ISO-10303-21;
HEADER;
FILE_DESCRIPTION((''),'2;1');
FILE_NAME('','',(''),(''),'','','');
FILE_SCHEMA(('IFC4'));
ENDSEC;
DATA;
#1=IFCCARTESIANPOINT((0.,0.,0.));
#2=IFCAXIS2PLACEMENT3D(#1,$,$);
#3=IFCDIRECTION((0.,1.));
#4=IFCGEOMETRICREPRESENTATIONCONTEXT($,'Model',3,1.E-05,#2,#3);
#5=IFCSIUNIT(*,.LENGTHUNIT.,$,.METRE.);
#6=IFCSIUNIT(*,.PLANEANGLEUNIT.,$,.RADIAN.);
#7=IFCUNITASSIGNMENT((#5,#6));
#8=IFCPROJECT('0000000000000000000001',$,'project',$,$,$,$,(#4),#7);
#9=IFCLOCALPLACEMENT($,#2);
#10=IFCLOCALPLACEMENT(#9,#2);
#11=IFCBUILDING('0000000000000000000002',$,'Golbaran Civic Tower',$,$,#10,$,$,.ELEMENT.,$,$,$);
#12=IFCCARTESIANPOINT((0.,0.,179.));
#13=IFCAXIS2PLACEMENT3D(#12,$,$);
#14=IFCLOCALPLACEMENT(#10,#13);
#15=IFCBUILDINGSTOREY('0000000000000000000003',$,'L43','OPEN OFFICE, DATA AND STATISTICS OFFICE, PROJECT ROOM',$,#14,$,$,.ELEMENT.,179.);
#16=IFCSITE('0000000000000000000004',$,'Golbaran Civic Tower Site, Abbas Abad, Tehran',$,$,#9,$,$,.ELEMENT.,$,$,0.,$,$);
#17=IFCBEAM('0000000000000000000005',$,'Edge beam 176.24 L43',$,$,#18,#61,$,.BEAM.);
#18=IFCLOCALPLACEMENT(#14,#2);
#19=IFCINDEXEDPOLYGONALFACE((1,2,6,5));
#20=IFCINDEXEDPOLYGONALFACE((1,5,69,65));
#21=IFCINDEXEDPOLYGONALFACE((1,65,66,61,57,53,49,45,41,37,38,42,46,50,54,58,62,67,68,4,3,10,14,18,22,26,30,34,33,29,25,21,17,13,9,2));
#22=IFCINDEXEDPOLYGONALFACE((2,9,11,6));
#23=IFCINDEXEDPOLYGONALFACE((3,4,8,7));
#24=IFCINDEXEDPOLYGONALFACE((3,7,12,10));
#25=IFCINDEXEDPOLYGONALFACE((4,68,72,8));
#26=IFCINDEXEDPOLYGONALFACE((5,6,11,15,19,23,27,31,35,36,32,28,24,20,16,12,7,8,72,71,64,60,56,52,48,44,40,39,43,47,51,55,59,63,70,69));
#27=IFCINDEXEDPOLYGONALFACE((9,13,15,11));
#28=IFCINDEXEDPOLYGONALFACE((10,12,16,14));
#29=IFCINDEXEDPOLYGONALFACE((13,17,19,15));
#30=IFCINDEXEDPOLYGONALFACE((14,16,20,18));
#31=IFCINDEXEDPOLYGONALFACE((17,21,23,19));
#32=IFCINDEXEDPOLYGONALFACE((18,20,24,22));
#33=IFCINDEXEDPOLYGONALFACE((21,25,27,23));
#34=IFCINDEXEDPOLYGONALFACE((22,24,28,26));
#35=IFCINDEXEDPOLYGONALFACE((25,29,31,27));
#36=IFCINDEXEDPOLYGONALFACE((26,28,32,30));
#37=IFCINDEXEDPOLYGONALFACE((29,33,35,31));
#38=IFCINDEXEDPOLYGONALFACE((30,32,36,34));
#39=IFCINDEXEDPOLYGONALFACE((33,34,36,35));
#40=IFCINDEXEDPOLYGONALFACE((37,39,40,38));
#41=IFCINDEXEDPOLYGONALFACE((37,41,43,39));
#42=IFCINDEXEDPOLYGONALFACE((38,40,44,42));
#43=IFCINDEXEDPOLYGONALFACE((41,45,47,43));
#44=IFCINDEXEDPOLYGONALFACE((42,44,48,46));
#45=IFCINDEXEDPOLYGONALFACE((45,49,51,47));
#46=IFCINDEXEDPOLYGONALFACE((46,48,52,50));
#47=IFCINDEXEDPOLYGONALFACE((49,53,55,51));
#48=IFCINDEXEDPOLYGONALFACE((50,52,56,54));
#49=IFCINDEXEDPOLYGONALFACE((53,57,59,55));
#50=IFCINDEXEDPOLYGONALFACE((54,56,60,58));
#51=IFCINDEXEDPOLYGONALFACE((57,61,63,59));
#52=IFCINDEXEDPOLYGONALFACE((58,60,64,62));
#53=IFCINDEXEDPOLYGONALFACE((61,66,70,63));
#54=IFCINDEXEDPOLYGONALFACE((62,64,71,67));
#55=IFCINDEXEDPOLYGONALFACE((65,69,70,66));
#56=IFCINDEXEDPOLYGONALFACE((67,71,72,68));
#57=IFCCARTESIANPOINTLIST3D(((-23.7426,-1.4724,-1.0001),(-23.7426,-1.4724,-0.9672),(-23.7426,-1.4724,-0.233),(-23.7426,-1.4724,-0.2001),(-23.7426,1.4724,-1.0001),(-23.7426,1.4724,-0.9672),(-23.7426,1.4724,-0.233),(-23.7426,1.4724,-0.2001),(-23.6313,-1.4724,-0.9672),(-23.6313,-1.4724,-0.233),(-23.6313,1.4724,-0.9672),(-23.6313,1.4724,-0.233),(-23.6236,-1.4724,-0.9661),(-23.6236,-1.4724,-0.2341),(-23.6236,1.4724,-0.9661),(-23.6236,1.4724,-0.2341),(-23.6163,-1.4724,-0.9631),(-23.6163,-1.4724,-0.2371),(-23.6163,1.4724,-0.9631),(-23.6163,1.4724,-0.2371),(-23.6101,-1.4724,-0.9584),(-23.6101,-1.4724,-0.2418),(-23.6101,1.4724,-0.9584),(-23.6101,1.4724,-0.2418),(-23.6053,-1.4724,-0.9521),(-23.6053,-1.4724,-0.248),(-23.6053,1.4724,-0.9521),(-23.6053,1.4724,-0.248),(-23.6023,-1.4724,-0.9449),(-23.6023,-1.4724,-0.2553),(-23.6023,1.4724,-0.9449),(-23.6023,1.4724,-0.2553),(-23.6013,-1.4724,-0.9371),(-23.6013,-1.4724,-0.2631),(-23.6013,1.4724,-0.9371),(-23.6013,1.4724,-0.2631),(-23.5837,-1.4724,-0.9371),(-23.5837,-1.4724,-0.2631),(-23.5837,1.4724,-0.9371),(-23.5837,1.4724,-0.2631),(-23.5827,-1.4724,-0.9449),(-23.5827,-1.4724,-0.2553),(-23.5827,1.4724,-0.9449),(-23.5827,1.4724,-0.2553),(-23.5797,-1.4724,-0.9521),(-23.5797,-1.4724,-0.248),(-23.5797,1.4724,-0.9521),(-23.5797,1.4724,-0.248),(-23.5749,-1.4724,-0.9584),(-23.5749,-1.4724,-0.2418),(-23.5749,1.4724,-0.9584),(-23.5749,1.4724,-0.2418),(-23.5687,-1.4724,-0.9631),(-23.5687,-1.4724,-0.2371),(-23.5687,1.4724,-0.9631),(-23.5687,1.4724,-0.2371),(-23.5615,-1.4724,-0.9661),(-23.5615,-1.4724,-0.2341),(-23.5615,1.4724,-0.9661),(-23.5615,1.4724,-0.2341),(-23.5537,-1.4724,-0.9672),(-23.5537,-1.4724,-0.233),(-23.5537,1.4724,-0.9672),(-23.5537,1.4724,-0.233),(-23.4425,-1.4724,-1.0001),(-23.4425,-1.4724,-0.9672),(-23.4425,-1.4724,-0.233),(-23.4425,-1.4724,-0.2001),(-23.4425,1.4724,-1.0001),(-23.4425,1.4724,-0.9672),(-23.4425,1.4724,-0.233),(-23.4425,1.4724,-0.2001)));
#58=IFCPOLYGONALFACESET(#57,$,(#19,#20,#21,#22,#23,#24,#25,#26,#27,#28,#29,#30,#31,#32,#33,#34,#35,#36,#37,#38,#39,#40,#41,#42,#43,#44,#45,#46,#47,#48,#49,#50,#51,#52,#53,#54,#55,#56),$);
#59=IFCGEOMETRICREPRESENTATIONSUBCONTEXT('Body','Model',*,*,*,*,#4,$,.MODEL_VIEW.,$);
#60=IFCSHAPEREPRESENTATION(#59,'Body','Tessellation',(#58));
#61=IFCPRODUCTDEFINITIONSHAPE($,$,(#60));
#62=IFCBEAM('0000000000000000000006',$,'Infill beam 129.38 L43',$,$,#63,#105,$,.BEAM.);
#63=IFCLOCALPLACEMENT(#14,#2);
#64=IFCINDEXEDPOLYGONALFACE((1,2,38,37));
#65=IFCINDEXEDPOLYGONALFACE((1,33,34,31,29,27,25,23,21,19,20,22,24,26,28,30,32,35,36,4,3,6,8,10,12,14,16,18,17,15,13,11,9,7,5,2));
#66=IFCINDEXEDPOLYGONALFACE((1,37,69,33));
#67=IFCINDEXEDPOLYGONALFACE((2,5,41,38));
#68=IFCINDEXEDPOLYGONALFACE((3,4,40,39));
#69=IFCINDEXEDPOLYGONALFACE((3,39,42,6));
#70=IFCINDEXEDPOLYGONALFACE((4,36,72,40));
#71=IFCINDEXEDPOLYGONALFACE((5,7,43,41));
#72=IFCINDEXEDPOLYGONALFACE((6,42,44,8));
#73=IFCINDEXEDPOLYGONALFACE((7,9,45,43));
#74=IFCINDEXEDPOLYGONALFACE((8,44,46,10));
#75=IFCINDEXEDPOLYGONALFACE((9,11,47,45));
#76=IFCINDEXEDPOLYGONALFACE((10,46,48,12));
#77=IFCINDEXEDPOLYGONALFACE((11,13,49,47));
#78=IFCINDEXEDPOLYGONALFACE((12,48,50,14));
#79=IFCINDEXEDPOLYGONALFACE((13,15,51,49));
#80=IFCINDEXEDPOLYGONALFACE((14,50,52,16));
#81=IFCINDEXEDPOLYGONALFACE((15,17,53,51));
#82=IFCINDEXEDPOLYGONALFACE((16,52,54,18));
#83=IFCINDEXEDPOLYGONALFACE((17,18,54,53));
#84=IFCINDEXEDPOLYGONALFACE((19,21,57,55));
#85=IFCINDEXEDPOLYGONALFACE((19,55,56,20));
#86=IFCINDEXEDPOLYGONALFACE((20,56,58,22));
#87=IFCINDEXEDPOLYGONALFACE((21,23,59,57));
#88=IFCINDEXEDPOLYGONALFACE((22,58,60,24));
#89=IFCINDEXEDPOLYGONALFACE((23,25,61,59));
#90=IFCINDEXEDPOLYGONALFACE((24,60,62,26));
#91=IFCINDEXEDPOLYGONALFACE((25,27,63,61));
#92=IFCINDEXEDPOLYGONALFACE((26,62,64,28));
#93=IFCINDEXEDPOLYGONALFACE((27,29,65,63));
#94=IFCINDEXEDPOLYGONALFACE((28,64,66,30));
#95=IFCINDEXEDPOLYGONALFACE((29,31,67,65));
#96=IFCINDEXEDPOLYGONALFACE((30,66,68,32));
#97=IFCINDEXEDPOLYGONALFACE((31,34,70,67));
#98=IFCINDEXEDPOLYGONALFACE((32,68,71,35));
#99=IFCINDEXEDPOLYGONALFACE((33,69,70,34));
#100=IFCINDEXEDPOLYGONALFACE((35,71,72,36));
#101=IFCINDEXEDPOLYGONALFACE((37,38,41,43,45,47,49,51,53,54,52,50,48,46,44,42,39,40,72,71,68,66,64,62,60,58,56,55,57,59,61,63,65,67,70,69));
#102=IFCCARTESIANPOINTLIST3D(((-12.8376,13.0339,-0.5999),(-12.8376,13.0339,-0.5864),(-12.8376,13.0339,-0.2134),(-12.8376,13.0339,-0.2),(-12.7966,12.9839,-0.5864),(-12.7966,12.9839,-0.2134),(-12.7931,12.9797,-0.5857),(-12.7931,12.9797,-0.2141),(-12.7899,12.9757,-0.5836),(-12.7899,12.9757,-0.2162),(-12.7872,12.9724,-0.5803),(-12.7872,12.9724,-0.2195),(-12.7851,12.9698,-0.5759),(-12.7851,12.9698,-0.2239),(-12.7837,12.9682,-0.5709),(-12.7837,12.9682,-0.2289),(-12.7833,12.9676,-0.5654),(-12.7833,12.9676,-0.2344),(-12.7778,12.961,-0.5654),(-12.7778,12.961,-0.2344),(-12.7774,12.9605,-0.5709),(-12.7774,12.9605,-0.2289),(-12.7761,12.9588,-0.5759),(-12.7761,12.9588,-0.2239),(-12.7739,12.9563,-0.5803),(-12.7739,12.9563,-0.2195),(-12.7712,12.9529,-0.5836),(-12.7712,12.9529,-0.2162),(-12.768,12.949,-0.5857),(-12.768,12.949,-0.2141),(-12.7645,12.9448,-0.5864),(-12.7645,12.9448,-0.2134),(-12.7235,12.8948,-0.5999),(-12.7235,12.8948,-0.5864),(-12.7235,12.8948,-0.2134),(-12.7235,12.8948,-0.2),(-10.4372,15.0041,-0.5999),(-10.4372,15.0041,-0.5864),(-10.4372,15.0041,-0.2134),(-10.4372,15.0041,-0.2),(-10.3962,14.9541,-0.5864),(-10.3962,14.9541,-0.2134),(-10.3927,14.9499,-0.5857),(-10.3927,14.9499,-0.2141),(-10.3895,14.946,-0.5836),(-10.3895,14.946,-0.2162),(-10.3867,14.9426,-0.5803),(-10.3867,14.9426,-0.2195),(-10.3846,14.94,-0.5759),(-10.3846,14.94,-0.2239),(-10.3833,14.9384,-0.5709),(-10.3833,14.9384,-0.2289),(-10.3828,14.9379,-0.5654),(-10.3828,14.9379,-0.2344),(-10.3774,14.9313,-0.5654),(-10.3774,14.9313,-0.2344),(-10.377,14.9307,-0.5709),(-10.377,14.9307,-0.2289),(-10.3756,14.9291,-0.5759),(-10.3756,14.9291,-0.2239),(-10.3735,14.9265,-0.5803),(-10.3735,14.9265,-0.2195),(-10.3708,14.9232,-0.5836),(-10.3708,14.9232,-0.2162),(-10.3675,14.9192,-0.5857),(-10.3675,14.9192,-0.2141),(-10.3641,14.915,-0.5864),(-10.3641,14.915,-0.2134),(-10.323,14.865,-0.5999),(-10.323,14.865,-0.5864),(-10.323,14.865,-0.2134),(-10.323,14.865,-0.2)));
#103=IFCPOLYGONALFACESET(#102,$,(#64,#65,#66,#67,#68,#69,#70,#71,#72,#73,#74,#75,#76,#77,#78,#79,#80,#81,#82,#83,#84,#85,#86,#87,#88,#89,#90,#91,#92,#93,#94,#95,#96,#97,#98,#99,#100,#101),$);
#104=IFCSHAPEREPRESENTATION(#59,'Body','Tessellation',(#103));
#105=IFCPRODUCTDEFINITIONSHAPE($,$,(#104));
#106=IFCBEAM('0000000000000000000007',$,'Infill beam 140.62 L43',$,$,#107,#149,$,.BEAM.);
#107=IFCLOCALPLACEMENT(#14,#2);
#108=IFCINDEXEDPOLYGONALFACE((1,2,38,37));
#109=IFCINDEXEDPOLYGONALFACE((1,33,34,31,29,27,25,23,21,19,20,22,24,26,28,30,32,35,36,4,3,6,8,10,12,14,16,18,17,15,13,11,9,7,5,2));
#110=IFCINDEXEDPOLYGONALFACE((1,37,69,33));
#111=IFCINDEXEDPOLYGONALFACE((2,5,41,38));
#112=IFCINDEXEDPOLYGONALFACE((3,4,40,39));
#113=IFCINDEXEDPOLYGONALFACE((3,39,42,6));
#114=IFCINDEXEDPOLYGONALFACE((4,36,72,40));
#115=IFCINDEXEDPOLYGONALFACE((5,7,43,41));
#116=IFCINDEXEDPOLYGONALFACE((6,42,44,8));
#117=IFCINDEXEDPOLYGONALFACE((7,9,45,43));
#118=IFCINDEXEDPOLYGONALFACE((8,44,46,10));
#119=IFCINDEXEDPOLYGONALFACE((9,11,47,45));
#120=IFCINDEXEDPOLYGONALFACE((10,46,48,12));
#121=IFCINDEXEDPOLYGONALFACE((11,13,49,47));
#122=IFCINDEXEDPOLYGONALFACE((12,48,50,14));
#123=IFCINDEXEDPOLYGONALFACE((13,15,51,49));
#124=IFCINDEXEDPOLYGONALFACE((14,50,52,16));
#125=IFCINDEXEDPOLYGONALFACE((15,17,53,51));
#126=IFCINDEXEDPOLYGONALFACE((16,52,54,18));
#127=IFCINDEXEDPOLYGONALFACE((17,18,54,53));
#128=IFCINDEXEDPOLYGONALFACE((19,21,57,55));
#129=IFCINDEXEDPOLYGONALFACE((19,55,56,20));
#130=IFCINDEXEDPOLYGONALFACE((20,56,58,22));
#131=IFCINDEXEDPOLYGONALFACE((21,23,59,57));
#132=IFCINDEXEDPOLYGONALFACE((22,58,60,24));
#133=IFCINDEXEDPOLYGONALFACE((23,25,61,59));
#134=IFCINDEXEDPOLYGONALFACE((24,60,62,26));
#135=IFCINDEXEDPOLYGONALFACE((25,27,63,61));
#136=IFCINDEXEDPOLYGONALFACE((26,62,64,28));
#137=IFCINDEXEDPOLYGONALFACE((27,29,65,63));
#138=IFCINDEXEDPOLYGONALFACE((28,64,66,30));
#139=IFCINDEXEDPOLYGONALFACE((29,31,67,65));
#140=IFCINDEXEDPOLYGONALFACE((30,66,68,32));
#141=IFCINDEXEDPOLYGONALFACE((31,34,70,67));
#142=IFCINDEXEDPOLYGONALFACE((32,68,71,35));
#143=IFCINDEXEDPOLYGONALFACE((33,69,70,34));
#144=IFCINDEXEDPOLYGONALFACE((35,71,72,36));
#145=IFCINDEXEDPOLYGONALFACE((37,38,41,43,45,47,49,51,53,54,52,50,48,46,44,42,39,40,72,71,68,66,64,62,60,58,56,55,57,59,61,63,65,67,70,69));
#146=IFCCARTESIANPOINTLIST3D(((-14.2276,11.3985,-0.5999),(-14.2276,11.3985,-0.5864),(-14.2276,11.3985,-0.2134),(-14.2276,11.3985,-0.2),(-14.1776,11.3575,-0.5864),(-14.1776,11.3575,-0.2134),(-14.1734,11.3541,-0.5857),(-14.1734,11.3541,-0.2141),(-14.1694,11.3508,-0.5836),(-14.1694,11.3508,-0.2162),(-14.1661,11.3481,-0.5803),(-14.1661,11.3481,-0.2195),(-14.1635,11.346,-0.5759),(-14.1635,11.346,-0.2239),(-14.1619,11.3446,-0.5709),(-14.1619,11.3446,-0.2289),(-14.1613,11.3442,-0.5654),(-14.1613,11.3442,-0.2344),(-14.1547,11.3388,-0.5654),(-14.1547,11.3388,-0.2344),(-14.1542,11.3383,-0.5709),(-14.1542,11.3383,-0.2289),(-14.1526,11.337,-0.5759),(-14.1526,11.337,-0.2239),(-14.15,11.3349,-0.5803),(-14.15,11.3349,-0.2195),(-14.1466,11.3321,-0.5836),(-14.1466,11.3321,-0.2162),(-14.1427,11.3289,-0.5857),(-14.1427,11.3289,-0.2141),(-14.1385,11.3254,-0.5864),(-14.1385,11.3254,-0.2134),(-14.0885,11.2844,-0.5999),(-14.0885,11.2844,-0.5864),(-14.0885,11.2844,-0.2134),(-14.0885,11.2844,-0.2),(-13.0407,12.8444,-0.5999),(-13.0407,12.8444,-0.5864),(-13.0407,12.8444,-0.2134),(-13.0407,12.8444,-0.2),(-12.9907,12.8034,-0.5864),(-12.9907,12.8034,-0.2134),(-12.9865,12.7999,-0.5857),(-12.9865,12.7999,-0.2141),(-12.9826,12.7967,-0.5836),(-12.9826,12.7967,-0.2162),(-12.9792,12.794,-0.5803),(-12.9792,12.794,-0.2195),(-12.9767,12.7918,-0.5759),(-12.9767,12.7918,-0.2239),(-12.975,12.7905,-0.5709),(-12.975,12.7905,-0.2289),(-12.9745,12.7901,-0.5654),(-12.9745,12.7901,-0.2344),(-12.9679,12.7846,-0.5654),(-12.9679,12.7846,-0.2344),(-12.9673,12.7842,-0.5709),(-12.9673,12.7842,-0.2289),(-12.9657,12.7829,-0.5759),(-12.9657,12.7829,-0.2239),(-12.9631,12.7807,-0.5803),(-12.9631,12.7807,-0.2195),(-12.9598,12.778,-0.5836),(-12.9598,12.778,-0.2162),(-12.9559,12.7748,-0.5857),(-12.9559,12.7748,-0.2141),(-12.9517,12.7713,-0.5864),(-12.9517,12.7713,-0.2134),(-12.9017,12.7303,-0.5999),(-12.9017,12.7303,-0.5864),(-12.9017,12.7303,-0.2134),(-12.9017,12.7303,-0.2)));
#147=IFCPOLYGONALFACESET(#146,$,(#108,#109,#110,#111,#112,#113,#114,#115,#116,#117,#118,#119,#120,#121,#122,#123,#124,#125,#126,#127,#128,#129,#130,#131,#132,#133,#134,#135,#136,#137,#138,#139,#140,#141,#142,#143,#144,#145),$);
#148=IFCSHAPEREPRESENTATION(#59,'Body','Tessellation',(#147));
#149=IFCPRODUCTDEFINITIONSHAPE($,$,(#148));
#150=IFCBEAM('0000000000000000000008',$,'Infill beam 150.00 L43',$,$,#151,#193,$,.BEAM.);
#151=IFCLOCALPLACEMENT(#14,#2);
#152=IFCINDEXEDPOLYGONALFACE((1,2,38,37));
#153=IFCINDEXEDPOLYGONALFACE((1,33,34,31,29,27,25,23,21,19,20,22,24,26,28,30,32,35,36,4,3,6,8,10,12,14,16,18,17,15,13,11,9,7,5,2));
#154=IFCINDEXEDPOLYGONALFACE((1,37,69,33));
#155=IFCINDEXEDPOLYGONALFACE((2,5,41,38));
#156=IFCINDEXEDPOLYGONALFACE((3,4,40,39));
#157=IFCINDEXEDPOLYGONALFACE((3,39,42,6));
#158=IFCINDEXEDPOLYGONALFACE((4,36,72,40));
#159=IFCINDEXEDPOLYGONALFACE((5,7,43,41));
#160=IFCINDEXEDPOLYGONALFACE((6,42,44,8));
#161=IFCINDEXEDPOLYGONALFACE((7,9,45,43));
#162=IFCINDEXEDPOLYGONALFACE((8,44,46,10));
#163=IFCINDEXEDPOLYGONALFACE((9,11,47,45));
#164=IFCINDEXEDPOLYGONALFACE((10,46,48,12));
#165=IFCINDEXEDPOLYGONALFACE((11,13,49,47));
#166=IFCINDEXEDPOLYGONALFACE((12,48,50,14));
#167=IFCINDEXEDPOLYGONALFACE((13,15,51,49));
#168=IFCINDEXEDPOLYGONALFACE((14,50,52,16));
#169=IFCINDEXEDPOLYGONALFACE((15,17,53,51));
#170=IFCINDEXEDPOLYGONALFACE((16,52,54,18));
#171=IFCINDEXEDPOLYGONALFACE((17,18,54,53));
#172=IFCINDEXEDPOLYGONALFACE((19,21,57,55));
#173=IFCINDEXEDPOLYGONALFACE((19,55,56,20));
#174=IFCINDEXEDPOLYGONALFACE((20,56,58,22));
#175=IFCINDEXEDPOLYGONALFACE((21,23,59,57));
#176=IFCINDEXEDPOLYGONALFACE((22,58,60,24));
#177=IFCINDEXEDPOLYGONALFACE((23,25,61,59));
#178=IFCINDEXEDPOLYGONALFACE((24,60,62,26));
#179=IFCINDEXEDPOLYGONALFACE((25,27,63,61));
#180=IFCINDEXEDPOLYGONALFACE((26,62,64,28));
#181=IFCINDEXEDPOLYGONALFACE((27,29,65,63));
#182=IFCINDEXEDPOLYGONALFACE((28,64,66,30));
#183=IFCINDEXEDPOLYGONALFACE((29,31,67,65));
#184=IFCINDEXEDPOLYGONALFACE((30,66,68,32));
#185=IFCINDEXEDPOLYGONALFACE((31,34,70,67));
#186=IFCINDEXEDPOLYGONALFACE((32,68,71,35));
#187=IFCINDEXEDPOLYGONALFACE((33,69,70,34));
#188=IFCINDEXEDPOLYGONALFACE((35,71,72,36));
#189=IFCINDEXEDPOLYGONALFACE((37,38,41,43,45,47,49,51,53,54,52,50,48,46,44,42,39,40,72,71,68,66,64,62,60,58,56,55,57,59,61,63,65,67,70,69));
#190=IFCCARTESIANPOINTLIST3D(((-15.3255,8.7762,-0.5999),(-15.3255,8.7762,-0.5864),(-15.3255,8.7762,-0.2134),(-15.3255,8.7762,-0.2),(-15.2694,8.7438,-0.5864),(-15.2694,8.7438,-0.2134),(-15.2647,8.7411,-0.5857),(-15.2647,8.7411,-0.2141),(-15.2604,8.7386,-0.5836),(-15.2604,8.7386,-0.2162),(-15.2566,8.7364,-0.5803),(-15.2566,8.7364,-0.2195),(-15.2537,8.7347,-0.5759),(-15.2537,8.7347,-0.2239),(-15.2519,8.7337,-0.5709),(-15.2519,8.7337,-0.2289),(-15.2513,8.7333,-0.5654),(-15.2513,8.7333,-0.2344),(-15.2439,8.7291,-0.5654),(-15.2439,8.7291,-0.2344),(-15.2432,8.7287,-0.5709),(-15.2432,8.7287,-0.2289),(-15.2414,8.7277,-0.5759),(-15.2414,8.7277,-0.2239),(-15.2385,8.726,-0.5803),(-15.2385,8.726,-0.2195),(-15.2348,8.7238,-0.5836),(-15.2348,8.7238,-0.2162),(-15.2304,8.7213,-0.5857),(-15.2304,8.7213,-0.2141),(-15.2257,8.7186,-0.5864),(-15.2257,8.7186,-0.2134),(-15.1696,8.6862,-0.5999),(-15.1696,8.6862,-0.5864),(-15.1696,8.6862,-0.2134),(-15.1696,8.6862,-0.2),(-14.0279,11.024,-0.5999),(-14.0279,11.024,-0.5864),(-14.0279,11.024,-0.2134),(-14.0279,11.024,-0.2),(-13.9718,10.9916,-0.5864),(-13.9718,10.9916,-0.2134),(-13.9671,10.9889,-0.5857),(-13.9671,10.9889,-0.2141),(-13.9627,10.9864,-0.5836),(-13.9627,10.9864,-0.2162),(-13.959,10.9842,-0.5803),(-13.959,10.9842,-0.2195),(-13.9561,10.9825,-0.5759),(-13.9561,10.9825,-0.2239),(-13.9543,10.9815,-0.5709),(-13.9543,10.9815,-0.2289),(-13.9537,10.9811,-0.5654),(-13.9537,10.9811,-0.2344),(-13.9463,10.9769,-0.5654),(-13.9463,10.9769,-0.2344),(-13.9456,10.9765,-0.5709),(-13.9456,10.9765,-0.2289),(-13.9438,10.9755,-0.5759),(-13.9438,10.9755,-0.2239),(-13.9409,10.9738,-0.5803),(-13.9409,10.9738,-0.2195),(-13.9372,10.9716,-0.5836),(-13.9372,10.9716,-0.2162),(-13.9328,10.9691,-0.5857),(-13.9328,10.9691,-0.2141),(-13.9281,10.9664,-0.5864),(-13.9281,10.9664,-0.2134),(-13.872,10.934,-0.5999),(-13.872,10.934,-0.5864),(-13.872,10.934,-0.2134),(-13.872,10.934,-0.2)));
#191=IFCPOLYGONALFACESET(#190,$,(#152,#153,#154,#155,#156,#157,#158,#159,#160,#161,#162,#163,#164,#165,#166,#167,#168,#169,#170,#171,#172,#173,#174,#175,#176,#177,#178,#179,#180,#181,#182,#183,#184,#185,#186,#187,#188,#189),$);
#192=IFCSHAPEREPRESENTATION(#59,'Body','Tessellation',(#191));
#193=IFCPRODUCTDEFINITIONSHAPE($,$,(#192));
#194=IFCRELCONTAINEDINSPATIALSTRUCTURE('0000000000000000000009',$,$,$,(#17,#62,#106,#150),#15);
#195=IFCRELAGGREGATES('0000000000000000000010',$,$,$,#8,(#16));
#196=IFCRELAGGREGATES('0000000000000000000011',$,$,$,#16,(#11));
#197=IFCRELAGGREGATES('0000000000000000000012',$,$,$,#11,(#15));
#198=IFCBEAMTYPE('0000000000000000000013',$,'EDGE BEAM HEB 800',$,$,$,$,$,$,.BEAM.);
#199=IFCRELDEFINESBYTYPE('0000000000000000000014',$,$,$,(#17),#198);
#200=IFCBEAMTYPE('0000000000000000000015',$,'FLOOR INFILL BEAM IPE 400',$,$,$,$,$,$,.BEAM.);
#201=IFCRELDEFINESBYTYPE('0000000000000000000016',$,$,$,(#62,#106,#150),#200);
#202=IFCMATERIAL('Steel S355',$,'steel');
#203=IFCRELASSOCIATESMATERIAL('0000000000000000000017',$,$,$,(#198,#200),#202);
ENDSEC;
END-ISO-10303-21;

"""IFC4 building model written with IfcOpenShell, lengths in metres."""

from ifc_helpers import new_model, si_unit, direction, frame, origin, origin_2d, place, context, subcontext, project, spatial, i_section, extrude, material, material_profile, profile_set, type_object, element, save


model = new_model("IFC4")

# Units and contexts
model_context = context("Model", 3, precision=1e-05, world=origin(), true_north=direction((0.0, 1.0)))
body_context = subcontext(model_context, "Body", "Model", "MODEL_VIEW")
ifc_project = project(units=[si_unit("LENGTHUNIT", "METRE"), si_unit("PLANEANGLEUNIT", "RADIAN")], contexts=[model_context])

# Site, building, storey
site_placement = place(None, origin())
site = spatial("IfcSite", under=ifc_project, at=site_placement, Name="Golbaran Civic Tower Site, Abbas Abad, Tehran", CompositionType="ELEMENT", RefElevation=0.0)
building_placement = place(site_placement, origin())
building = spatial("IfcBuilding", under=site, at=building_placement, Name="Golbaran Civic Tower", CompositionType="ELEMENT")
storey_placement = place(building_placement, frame((0.0, 0.0, 179.0)))
storey = spatial("IfcBuildingStorey", under=building, at=storey_placement, Name="L43", Description="OPEN OFFICE, DATA AND STATISTICS OFFICE, PROJECT ROOM", CompositionType="ELEMENT", Elevation=179.0)

# Beams
ifc_material_1 = material(Name="Steel S355", Category="steel")
ifc_material_profile_1 = material_profile(ifc_material_1, i_section(OverallWidth=0.3, OverallDepth=0.8, WebThickness=0.0176, FlangeThickness=0.033, FilletRadius=0.03, at=origin_2d()), Name="HEB 800")
ifc_profile_set_1 = profile_set([ifc_material_profile_1], Name="Steel S355")
beam_type_1 = type_object("IfcBeamType", Name="EDGE BEAM HEB 800", PredefinedType="BEAM", material=ifc_profile_set_1)
beam_1_placement = place(storey_placement, frame((-23.5925, 1.4724, -0.6001), z_axis=(0.0, -1.0, 0.0), x_axis=(1.0, 0.0, 0.0)))
element("IfcBeam", 1, at=beam_1_placement, inside=storey, type_object=beam_type_1, Name="Edge beam 176.24 L43", PredefinedType="BEAM", context=body_context, shape_type="SweptSolid", body=[
    extrude(i_section(OverallWidth=0.3, OverallDepth=0.8, WebThickness=0.0176, FlangeThickness=0.033, FilletRadius=0.03, at=origin_2d()), origin(), (0.0, 0.0, 1.0), 2.9448),
])
ifc_material_profile_2 = material_profile(ifc_material_1, i_section(OverallWidth=0.1799, OverallDepth=0.3999, WebThickness=0.0085, FlangeThickness=0.0134, FilletRadius=0.021, at=origin_2d()), Name="IPE 400")
ifc_profile_set_2 = profile_set([ifc_material_profile_2], Name="Steel S355")
beam_type_2 = type_object("IfcBeamType", Name="FLOOR INFILL BEAM IPE 400", PredefinedType="BEAM", material=ifc_profile_set_2)
beam_2_placement = place(storey_placement, frame((-10.3801, 14.9346, -0.3999), z_axis=(-0.772969, -0.634444, 0.0), x_axis=(0.634444, -0.772969, 0.0)))
element("IfcBeam", 2, at=beam_2_placement, inside=storey, type_object=beam_type_2, Name="Infill beam 129.38 L43", PredefinedType="BEAM", context=body_context, shape_type="SweptSolid", body=[
    extrude(i_section(OverallWidth=0.1799, OverallDepth=0.3999, WebThickness=0.0085, FlangeThickness=0.0134, FilletRadius=0.021, at=origin_2d()), origin(), (0.0, 0.0, 1.0), 3.1055),
])
beam_3_placement = place(storey_placement, frame((-12.9712, 12.7874, -0.3999), z_axis=(-0.634467, -0.77295, 0.0), x_axis=(0.77295, -0.634467, 0.0)))
element("IfcBeam", 3, at=beam_3_placement, inside=storey, type_object=beam_type_2, Name="Infill beam 140.62 L43", PredefinedType="BEAM", context=body_context, shape_type="SweptSolid", body=[
    extrude(i_section(OverallWidth=0.1799, OverallDepth=0.3999, WebThickness=0.0085, FlangeThickness=0.0134, FilletRadius=0.021, at=origin_2d()), origin(), (0.0, 0.0, 1.0), 1.8706),
])
beam_4_placement = place(storey_placement, frame((-13.95, 10.979, -0.3999), z_axis=(-0.499953, -0.866052, 0.0), x_axis=(0.866052, -0.499953, 0.0)))
element("IfcBeam", 4, at=beam_4_placement, inside=storey, type_object=beam_type_2, Name="Infill beam 150.00 L43", PredefinedType="BEAM", context=body_context, shape_type="SweptSolid", body=[
    extrude(i_section(OverallWidth=0.1799, OverallDepth=0.3999, WebThickness=0.0085, FlangeThickness=0.0134, FilletRadius=0.021, at=origin_2d()), origin(), (0.0, 0.0, 1.0), 2.5955),
])

save(model, "model.ifc")
